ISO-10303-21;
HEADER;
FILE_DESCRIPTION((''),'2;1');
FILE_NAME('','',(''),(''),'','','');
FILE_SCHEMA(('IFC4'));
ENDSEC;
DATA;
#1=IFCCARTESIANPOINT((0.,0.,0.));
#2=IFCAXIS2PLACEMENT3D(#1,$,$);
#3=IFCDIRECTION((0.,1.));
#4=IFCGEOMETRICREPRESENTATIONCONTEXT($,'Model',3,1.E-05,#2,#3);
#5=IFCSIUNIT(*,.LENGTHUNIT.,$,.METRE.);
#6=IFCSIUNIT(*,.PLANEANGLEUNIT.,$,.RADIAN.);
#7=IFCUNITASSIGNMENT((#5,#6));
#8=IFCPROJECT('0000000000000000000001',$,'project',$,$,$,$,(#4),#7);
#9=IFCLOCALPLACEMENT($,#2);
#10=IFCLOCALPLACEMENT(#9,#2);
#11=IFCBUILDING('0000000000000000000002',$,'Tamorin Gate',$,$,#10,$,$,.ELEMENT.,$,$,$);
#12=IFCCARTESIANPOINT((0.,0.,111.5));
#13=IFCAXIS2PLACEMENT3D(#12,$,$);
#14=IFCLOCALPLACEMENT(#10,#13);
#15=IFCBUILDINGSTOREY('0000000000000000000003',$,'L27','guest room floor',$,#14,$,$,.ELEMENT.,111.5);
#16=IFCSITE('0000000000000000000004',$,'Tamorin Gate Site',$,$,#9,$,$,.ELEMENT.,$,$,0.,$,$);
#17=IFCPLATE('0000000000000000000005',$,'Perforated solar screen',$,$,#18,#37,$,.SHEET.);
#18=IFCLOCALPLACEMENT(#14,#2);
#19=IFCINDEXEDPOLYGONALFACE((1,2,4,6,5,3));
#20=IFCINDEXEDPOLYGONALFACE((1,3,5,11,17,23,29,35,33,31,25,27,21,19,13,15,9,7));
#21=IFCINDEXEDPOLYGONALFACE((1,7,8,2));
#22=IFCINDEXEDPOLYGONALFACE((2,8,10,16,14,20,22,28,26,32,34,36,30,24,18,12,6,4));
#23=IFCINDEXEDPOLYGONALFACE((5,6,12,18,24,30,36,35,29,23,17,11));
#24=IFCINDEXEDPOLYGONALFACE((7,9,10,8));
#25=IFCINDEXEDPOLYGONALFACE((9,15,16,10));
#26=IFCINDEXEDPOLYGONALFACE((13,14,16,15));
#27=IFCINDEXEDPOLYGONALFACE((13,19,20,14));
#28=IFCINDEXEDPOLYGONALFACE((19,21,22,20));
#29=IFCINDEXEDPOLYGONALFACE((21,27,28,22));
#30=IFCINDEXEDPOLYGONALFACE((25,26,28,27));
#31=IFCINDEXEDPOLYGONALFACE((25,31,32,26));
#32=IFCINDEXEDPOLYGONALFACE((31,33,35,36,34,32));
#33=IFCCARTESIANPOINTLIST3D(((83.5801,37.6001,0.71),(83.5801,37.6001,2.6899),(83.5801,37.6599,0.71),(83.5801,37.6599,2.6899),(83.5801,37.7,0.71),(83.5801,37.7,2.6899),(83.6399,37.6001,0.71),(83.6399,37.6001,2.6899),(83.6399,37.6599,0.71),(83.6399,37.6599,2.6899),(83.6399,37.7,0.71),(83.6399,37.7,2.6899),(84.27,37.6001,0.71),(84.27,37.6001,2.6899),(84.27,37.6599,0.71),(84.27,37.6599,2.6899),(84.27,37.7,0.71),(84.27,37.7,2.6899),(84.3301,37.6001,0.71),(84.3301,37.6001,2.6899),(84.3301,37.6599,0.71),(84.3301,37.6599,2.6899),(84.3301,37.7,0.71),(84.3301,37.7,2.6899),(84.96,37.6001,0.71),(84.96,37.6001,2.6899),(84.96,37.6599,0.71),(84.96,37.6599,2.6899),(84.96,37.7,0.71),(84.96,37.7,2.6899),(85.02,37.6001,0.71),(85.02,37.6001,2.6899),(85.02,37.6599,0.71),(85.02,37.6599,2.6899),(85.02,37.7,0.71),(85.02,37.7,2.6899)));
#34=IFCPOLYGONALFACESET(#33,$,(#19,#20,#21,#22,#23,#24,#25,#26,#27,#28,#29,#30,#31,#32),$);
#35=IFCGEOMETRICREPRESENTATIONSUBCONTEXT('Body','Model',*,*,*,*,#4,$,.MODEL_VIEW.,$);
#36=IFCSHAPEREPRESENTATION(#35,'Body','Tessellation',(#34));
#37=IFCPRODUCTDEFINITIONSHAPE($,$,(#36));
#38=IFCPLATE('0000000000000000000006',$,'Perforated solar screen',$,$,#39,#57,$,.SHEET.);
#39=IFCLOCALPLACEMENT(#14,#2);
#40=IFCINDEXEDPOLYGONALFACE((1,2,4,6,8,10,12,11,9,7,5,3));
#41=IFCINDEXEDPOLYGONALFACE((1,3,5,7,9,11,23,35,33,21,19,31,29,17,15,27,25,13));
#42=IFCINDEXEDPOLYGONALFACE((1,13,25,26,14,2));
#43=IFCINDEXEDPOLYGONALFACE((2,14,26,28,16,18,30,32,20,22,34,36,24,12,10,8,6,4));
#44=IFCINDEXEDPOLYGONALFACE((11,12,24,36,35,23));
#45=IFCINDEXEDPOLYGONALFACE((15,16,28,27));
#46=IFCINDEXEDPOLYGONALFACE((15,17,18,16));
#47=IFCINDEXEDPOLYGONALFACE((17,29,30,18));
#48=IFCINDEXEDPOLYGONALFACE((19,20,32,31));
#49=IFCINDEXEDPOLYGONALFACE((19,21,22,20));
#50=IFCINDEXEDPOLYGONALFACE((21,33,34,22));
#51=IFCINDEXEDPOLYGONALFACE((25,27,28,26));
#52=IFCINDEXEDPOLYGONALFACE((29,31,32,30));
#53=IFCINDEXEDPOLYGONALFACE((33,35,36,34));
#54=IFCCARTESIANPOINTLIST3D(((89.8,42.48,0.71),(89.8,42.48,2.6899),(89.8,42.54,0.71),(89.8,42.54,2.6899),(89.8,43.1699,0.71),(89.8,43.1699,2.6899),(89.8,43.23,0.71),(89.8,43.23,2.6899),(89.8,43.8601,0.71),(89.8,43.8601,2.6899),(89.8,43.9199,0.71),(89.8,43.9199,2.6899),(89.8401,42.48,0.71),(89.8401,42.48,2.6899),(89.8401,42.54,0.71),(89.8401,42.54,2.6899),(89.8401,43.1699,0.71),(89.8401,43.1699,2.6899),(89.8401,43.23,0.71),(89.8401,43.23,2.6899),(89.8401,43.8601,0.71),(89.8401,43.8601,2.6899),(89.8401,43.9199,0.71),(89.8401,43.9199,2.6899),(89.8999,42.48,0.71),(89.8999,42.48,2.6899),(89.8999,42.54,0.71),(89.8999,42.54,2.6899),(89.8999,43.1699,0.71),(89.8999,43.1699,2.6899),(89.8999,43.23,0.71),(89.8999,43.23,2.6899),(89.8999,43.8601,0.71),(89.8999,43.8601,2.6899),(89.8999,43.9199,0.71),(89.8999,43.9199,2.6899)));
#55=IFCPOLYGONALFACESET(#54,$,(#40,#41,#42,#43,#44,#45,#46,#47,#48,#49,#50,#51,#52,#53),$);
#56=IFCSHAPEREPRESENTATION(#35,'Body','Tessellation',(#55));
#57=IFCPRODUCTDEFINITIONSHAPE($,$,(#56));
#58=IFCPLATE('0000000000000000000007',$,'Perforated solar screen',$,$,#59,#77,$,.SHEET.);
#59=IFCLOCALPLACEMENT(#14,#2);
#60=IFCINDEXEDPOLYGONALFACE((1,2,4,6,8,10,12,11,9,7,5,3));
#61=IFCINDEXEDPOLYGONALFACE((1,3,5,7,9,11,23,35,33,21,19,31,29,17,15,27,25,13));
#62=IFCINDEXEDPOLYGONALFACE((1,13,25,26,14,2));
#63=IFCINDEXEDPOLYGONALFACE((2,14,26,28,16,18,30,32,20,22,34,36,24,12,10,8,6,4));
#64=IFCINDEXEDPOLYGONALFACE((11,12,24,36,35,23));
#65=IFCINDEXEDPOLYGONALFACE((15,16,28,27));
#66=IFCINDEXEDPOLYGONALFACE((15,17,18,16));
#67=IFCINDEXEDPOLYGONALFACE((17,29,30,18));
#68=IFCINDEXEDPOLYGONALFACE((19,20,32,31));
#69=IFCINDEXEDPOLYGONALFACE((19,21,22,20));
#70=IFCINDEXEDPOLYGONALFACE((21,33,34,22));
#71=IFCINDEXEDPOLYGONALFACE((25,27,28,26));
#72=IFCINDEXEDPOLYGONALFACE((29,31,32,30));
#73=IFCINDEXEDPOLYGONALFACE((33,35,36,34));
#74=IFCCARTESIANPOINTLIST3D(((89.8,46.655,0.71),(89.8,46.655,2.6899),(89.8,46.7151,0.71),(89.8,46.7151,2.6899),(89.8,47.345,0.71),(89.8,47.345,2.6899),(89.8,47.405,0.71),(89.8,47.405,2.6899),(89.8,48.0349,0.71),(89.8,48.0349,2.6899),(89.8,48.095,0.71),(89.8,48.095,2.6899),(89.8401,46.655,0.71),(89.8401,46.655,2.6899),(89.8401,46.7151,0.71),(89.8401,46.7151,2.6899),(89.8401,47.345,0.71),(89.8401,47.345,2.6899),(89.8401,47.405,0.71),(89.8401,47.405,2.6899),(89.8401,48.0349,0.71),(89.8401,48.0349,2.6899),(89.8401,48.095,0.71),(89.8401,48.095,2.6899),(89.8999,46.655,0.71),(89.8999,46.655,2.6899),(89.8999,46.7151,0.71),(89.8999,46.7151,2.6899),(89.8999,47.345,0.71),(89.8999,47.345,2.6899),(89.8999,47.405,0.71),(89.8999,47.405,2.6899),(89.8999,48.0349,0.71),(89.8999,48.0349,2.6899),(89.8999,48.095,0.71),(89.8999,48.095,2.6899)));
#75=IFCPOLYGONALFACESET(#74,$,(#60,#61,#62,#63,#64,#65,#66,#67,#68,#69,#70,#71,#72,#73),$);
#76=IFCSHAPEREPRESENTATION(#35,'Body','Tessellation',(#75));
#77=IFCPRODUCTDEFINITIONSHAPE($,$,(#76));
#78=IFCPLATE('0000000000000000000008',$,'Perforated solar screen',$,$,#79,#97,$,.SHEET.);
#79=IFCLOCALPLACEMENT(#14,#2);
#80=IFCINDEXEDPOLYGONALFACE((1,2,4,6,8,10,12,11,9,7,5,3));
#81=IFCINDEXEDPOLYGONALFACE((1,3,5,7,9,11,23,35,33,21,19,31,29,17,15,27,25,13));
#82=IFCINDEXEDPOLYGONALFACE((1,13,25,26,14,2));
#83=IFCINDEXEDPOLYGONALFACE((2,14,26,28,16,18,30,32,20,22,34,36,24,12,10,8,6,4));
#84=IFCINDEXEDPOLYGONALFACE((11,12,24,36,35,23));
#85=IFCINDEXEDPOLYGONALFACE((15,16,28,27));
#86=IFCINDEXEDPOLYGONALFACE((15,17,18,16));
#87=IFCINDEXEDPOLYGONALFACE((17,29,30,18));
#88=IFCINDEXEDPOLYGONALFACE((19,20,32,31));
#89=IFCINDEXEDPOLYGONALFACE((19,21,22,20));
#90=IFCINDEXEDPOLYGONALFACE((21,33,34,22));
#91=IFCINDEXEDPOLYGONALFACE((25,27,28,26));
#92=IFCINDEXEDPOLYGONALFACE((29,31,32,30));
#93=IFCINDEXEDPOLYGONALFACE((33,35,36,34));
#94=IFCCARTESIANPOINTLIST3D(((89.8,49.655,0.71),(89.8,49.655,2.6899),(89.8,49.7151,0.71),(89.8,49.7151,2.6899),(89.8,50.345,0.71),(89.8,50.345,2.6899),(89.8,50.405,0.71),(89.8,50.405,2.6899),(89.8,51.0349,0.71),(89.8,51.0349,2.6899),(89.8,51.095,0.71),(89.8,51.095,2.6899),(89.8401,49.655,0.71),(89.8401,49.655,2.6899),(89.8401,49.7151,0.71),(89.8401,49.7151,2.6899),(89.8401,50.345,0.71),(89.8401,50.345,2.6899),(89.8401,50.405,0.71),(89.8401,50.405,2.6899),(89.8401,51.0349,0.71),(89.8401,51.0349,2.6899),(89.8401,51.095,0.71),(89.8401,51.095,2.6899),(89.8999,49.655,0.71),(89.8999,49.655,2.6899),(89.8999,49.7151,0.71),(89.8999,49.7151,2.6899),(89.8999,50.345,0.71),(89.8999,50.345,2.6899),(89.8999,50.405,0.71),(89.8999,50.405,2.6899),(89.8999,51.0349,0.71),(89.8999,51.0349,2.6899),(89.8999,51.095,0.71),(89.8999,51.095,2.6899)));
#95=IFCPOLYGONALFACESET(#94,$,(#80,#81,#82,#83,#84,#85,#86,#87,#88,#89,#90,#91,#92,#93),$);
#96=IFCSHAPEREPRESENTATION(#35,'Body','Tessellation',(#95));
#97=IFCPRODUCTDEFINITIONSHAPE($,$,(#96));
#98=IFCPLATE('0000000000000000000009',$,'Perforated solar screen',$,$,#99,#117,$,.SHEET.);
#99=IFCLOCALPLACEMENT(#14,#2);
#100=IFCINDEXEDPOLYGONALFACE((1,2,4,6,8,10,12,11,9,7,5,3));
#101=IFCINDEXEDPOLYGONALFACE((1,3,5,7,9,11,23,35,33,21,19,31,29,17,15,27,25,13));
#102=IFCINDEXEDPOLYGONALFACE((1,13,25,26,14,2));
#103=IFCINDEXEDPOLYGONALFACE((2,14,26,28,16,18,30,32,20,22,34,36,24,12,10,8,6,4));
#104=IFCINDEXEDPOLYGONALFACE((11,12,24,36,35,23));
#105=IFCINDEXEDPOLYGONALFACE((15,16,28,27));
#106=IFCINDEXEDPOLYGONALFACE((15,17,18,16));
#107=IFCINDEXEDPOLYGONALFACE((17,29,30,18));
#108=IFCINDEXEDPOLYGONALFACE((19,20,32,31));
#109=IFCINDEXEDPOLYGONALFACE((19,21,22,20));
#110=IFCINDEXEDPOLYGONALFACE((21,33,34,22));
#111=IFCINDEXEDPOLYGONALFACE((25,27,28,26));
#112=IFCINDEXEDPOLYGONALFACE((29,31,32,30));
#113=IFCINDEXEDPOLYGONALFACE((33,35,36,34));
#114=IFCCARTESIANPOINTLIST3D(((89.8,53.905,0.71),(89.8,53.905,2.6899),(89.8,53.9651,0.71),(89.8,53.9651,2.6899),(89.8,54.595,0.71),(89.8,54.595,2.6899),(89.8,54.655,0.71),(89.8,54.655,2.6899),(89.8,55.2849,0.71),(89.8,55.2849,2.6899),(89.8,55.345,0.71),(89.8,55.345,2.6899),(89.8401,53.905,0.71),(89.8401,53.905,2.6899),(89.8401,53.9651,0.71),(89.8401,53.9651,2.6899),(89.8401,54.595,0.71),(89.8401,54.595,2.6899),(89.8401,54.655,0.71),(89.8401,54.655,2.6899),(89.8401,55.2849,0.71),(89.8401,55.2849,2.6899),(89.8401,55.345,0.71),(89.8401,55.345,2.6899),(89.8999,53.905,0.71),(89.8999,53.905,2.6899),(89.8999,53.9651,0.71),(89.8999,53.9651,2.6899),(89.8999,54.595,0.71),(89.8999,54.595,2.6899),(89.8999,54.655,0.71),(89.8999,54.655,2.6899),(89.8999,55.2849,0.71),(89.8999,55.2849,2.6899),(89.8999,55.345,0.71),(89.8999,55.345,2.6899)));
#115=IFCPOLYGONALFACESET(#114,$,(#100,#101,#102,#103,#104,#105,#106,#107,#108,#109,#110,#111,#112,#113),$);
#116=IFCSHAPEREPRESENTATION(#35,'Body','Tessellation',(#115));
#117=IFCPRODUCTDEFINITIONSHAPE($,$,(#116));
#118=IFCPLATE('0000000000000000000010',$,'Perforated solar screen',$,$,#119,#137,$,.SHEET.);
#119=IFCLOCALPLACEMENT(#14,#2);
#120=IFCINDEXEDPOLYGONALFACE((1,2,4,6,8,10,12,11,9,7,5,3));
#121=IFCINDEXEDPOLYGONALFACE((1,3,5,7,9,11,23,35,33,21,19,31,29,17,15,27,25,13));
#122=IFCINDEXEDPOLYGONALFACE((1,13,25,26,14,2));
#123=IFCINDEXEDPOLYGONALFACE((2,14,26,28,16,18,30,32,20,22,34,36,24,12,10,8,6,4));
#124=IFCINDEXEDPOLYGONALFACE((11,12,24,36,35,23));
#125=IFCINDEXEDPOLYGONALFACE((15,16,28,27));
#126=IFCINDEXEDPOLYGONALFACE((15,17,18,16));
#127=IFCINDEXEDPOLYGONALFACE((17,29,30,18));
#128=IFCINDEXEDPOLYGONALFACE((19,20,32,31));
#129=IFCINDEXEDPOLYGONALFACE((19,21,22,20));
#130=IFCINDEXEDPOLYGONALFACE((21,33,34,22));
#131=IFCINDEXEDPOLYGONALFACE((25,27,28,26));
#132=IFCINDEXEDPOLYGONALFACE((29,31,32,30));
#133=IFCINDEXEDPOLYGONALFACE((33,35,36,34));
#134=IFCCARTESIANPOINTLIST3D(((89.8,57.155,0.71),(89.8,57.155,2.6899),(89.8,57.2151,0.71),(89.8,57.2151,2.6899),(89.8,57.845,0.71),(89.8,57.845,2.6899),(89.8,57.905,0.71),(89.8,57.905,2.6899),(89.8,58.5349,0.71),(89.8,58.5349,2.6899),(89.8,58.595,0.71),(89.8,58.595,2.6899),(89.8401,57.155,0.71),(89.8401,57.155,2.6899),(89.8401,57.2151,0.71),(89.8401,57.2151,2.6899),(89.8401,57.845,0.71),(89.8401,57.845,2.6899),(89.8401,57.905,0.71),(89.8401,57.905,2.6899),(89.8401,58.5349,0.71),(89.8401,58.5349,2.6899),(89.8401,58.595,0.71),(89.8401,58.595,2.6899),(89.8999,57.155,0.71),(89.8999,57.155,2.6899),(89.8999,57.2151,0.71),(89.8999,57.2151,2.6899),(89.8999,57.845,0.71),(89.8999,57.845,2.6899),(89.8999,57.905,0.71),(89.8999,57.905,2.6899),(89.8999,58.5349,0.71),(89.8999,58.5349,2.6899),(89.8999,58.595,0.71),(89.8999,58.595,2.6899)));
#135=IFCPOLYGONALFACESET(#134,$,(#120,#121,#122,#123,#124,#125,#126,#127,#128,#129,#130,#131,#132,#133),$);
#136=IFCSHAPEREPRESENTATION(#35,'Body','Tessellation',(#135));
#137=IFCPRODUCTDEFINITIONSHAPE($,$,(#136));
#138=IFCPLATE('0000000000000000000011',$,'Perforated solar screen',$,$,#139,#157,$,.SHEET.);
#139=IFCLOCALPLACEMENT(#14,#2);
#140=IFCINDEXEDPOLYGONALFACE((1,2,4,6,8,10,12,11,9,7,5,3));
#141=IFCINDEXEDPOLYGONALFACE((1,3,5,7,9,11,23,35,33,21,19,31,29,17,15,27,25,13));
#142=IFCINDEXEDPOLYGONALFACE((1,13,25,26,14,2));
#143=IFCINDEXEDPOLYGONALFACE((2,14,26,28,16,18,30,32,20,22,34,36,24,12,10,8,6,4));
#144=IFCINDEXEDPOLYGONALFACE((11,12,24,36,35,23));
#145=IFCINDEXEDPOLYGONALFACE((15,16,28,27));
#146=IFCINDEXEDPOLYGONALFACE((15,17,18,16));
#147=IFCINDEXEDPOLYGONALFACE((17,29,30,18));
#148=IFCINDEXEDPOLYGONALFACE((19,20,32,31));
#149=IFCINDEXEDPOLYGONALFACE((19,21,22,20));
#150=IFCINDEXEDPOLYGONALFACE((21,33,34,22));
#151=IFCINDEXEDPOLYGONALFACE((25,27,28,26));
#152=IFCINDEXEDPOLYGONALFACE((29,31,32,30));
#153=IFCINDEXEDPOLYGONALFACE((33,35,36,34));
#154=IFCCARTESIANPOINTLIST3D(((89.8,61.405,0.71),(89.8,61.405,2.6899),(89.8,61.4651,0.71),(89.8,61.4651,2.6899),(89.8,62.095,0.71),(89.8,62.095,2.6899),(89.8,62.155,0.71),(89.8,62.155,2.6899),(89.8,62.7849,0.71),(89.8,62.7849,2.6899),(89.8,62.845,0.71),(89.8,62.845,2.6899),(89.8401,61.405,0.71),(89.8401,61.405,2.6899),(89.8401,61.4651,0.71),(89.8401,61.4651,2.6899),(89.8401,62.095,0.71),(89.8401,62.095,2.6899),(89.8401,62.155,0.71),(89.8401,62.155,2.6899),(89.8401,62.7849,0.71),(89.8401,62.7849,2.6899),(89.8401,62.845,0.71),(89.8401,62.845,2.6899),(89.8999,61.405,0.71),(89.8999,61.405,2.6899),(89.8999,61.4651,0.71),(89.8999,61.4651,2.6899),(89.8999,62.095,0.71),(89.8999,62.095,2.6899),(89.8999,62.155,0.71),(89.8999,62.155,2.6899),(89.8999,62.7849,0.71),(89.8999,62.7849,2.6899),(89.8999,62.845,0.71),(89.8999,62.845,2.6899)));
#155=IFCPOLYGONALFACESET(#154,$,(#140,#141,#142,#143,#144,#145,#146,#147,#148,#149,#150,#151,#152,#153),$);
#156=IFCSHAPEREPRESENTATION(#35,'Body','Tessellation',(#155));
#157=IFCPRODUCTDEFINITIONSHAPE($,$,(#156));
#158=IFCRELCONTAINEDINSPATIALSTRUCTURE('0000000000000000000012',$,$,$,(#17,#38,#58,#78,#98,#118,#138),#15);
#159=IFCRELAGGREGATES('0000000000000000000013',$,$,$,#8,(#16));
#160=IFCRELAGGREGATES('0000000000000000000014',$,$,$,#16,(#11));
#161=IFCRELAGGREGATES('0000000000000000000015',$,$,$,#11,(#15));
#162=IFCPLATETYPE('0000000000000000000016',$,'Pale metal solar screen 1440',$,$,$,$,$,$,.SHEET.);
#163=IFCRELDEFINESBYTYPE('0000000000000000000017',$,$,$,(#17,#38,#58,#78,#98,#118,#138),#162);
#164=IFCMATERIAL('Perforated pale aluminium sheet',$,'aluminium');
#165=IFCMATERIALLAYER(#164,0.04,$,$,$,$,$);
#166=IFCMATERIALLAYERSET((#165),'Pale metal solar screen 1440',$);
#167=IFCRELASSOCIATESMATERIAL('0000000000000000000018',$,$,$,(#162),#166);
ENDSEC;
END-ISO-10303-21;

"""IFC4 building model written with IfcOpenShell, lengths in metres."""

from ifc_helpers import new_model, si_unit, direction, frame, origin, place, context, subcontext, project, spatial, polyline, outline, extrude, material, layer, layer_set, type_object, element, save


model = new_model("IFC4")

# Units and contexts
model_context = context("Model", 3, precision=1e-05, world=origin(), true_north=direction((0.0, 1.0)))
body_context = subcontext(model_context, "Body", "Model", "MODEL_VIEW")
ifc_project = project(units=[si_unit("LENGTHUNIT", "METRE"), si_unit("PLANEANGLEUNIT", "RADIAN")], contexts=[model_context])

# Site, building, storey
site_placement = place(None, origin())
site = spatial("IfcSite", under=ifc_project, at=site_placement, Name="Tamorin Gate Site", CompositionType="ELEMENT", RefElevation=0.0)
building_placement = place(site_placement, origin())
building = spatial("IfcBuilding", under=site, at=building_placement, Name="Tamorin Gate", CompositionType="ELEMENT")
storey_placement = place(building_placement, frame((0.0, 0.0, 111.5)))
storey = spatial("IfcBuildingStorey", under=building, at=storey_placement, Name="L27", Description="guest room floor", CompositionType="ELEMENT", Elevation=111.5)

# Plates
ifc_material_1 = material(Name="Perforated pale aluminium sheet", Category="aluminium")
ifc_layer_1 = layer(ifc_material_1, 0.04)
ifc_layer_set_1 = layer_set([ifc_layer_1], Name="Pale metal solar screen 1440")
plate_type = type_object("IfcPlateType", Name="Pale metal solar screen 1440", PredefinedType="SHEET", material=ifc_layer_set_1)
plate_1_placement = place(storey_placement, frame((0.0, 0.0, 0.71)))
element("IfcPlate", 1, at=plate_1_placement, inside=storey, type_object=plate_type, Name="Perforated solar screen", PredefinedType="SHEET", context=body_context, shape_type="SweptSolid", body=[
    extrude(outline(polyline([(83.5801, 37.6599), (83.5801, 37.7), (83.6399, 37.7), (84.27, 37.7), (84.3301, 37.7), (84.96, 37.7), (85.02, 37.7), (85.02, 37.6599), (85.02, 37.6001), (84.96, 37.6001), (84.96, 37.6599), (84.3301, 37.6599), (84.3301, 37.6001), (84.27, 37.6001), (84.27, 37.6599), (83.6399, 37.6599), (83.6399, 37.6001), (83.5801, 37.6001), (83.5801, 37.6599)])), origin(), (0.0, 0.0, 1.0), 1.98),
])
plate_2_placement = place(storey_placement, frame((0.0, 0.0, 0.71)))
element("IfcPlate", 2, at=plate_2_placement, inside=storey, type_object=plate_type, Name="Perforated solar screen", PredefinedType="SHEET", context=body_context, shape_type="SweptSolid", body=[
    extrude(outline(polyline([(89.8401, 42.48), (89.8, 42.48), (89.8, 42.54), (89.8, 43.1699), (89.8, 43.23), (89.8, 43.8601), (89.8, 43.9199), (89.8401, 43.9199), (89.8999, 43.9199), (89.8999, 43.8601), (89.8401, 43.8601), (89.8401, 43.23), (89.8999, 43.23), (89.8999, 43.1699), (89.8401, 43.1699), (89.8401, 42.54), (89.8999, 42.54), (89.8999, 42.48), (89.8401, 42.48)])), origin(), (0.0, 0.0, 1.0), 1.98),
])
plate_3_placement = place(storey_placement, frame((0.0, 0.0, 0.71)))
element("IfcPlate", 3, at=plate_3_placement, inside=storey, type_object=plate_type, Name="Perforated solar screen", PredefinedType="SHEET", context=body_context, shape_type="SweptSolid", body=[
    extrude(outline(polyline([(89.8401, 46.655), (89.8, 46.655), (89.8, 46.7151), (89.8, 47.345), (89.8, 47.405), (89.8, 48.0349), (89.8, 48.095), (89.8, 48.095), (89.8401, 48.095), (89.8401, 48.095), (89.8999, 48.095), (89.8999, 48.0349), (89.8401, 48.0349), (89.8401, 47.405), (89.8999, 47.405), (89.8999, 47.345), (89.8401, 47.345), (89.8401, 46.7151), (89.8999, 46.7151), (89.8999, 46.655), (89.8401, 46.655)])), origin(), (0.0, 0.0, 1.0), 1.98),
])
plate_4_placement = place(storey_placement, frame((0.0, 0.0, 0.71)))
element("IfcPlate", 4, at=plate_4_placement, inside=storey, type_object=plate_type, Name="Perforated solar screen", PredefinedType="SHEET", context=body_context, shape_type="SweptSolid", body=[
    extrude(outline(polyline([(89.8401, 49.655), (89.8, 49.655), (89.8, 49.7151), (89.8, 50.345), (89.8, 50.405), (89.8, 51.0349), (89.8, 51.095), (89.8401, 51.095), (89.8999, 51.095), (89.8999, 51.0349), (89.8401, 51.0349), (89.8401, 50.405), (89.8999, 50.405), (89.8999, 50.345), (89.8401, 50.345), (89.8401, 49.7151), (89.8999, 49.7151), (89.8999, 49.655), (89.8401, 49.655)])), origin(), (0.0, 0.0, 1.0), 1.98),
])
plate_5_placement = place(storey_placement, frame((0.0, 0.0, 0.71)))
element("IfcPlate", 5, at=plate_5_placement, inside=storey, type_object=plate_type, Name="Perforated solar screen", PredefinedType="SHEET", context=body_context, shape_type="SweptSolid", body=[
    extrude(outline(polyline([(89.8401, 53.905), (89.8, 53.905), (89.8, 53.9651), (89.8, 54.595), (89.8, 54.655), (89.8, 55.2849), (89.8, 55.345), (89.8401, 55.345), (89.8999, 55.345), (89.8999, 55.2849), (89.8401, 55.2849), (89.8401, 54.655), (89.8999, 54.655), (89.8999, 54.595), (89.8401, 54.595), (89.8401, 53.9651), (89.8999, 53.9651), (89.8999, 53.905), (89.8401, 53.905)])), origin(), (0.0, 0.0, 1.0), 1.98),
])
plate_6_placement = place(storey_placement, frame((0.0, 0.0, 0.71)))
element("IfcPlate", 6, at=plate_6_placement, inside=storey, type_object=plate_type, Name="Perforated solar screen", PredefinedType="SHEET", context=body_context, shape_type="SweptSolid", body=[
    extrude(outline(polyline([(89.8401, 57.155), (89.8, 57.155), (89.8, 57.2151), (89.8, 57.845), (89.8, 57.905), (89.8, 58.5349), (89.8, 58.595), (89.8401, 58.595), (89.8999, 58.595), (89.8999, 58.5349), (89.8401, 58.5349), (89.8401, 57.905), (89.8999, 57.905), (89.8999, 57.845), (89.8401, 57.845), (89.8401, 57.2151), (89.8999, 57.2151), (89.8999, 57.155), (89.8401, 57.155)])), origin(), (0.0, 0.0, 1.0), 1.98),
])
plate_7_placement = place(storey_placement, frame((0.0, 0.0, 0.71)))
element("IfcPlate", 7, at=plate_7_placement, inside=storey, type_object=plate_type, Name="Perforated solar screen", PredefinedType="SHEET", context=body_context, shape_type="SweptSolid", body=[
    extrude(outline(polyline([(89.8401, 61.405), (89.8, 61.405), (89.8, 61.4651), (89.8, 62.095), (89.8, 62.155), (89.8, 62.7849), (89.8, 62.845), (89.8401, 62.845), (89.8999, 62.845), (89.8999, 62.7849), (89.8401, 62.7849), (89.8401, 62.155), (89.8999, 62.155), (89.8999, 62.095), (89.8401, 62.095), (89.8401, 61.4651), (89.8999, 61.4651), (89.8999, 61.405), (89.8401, 61.405)])), origin(), (0.0, 0.0, 1.0), 1.98),
])

save(model, "model.ifc")
